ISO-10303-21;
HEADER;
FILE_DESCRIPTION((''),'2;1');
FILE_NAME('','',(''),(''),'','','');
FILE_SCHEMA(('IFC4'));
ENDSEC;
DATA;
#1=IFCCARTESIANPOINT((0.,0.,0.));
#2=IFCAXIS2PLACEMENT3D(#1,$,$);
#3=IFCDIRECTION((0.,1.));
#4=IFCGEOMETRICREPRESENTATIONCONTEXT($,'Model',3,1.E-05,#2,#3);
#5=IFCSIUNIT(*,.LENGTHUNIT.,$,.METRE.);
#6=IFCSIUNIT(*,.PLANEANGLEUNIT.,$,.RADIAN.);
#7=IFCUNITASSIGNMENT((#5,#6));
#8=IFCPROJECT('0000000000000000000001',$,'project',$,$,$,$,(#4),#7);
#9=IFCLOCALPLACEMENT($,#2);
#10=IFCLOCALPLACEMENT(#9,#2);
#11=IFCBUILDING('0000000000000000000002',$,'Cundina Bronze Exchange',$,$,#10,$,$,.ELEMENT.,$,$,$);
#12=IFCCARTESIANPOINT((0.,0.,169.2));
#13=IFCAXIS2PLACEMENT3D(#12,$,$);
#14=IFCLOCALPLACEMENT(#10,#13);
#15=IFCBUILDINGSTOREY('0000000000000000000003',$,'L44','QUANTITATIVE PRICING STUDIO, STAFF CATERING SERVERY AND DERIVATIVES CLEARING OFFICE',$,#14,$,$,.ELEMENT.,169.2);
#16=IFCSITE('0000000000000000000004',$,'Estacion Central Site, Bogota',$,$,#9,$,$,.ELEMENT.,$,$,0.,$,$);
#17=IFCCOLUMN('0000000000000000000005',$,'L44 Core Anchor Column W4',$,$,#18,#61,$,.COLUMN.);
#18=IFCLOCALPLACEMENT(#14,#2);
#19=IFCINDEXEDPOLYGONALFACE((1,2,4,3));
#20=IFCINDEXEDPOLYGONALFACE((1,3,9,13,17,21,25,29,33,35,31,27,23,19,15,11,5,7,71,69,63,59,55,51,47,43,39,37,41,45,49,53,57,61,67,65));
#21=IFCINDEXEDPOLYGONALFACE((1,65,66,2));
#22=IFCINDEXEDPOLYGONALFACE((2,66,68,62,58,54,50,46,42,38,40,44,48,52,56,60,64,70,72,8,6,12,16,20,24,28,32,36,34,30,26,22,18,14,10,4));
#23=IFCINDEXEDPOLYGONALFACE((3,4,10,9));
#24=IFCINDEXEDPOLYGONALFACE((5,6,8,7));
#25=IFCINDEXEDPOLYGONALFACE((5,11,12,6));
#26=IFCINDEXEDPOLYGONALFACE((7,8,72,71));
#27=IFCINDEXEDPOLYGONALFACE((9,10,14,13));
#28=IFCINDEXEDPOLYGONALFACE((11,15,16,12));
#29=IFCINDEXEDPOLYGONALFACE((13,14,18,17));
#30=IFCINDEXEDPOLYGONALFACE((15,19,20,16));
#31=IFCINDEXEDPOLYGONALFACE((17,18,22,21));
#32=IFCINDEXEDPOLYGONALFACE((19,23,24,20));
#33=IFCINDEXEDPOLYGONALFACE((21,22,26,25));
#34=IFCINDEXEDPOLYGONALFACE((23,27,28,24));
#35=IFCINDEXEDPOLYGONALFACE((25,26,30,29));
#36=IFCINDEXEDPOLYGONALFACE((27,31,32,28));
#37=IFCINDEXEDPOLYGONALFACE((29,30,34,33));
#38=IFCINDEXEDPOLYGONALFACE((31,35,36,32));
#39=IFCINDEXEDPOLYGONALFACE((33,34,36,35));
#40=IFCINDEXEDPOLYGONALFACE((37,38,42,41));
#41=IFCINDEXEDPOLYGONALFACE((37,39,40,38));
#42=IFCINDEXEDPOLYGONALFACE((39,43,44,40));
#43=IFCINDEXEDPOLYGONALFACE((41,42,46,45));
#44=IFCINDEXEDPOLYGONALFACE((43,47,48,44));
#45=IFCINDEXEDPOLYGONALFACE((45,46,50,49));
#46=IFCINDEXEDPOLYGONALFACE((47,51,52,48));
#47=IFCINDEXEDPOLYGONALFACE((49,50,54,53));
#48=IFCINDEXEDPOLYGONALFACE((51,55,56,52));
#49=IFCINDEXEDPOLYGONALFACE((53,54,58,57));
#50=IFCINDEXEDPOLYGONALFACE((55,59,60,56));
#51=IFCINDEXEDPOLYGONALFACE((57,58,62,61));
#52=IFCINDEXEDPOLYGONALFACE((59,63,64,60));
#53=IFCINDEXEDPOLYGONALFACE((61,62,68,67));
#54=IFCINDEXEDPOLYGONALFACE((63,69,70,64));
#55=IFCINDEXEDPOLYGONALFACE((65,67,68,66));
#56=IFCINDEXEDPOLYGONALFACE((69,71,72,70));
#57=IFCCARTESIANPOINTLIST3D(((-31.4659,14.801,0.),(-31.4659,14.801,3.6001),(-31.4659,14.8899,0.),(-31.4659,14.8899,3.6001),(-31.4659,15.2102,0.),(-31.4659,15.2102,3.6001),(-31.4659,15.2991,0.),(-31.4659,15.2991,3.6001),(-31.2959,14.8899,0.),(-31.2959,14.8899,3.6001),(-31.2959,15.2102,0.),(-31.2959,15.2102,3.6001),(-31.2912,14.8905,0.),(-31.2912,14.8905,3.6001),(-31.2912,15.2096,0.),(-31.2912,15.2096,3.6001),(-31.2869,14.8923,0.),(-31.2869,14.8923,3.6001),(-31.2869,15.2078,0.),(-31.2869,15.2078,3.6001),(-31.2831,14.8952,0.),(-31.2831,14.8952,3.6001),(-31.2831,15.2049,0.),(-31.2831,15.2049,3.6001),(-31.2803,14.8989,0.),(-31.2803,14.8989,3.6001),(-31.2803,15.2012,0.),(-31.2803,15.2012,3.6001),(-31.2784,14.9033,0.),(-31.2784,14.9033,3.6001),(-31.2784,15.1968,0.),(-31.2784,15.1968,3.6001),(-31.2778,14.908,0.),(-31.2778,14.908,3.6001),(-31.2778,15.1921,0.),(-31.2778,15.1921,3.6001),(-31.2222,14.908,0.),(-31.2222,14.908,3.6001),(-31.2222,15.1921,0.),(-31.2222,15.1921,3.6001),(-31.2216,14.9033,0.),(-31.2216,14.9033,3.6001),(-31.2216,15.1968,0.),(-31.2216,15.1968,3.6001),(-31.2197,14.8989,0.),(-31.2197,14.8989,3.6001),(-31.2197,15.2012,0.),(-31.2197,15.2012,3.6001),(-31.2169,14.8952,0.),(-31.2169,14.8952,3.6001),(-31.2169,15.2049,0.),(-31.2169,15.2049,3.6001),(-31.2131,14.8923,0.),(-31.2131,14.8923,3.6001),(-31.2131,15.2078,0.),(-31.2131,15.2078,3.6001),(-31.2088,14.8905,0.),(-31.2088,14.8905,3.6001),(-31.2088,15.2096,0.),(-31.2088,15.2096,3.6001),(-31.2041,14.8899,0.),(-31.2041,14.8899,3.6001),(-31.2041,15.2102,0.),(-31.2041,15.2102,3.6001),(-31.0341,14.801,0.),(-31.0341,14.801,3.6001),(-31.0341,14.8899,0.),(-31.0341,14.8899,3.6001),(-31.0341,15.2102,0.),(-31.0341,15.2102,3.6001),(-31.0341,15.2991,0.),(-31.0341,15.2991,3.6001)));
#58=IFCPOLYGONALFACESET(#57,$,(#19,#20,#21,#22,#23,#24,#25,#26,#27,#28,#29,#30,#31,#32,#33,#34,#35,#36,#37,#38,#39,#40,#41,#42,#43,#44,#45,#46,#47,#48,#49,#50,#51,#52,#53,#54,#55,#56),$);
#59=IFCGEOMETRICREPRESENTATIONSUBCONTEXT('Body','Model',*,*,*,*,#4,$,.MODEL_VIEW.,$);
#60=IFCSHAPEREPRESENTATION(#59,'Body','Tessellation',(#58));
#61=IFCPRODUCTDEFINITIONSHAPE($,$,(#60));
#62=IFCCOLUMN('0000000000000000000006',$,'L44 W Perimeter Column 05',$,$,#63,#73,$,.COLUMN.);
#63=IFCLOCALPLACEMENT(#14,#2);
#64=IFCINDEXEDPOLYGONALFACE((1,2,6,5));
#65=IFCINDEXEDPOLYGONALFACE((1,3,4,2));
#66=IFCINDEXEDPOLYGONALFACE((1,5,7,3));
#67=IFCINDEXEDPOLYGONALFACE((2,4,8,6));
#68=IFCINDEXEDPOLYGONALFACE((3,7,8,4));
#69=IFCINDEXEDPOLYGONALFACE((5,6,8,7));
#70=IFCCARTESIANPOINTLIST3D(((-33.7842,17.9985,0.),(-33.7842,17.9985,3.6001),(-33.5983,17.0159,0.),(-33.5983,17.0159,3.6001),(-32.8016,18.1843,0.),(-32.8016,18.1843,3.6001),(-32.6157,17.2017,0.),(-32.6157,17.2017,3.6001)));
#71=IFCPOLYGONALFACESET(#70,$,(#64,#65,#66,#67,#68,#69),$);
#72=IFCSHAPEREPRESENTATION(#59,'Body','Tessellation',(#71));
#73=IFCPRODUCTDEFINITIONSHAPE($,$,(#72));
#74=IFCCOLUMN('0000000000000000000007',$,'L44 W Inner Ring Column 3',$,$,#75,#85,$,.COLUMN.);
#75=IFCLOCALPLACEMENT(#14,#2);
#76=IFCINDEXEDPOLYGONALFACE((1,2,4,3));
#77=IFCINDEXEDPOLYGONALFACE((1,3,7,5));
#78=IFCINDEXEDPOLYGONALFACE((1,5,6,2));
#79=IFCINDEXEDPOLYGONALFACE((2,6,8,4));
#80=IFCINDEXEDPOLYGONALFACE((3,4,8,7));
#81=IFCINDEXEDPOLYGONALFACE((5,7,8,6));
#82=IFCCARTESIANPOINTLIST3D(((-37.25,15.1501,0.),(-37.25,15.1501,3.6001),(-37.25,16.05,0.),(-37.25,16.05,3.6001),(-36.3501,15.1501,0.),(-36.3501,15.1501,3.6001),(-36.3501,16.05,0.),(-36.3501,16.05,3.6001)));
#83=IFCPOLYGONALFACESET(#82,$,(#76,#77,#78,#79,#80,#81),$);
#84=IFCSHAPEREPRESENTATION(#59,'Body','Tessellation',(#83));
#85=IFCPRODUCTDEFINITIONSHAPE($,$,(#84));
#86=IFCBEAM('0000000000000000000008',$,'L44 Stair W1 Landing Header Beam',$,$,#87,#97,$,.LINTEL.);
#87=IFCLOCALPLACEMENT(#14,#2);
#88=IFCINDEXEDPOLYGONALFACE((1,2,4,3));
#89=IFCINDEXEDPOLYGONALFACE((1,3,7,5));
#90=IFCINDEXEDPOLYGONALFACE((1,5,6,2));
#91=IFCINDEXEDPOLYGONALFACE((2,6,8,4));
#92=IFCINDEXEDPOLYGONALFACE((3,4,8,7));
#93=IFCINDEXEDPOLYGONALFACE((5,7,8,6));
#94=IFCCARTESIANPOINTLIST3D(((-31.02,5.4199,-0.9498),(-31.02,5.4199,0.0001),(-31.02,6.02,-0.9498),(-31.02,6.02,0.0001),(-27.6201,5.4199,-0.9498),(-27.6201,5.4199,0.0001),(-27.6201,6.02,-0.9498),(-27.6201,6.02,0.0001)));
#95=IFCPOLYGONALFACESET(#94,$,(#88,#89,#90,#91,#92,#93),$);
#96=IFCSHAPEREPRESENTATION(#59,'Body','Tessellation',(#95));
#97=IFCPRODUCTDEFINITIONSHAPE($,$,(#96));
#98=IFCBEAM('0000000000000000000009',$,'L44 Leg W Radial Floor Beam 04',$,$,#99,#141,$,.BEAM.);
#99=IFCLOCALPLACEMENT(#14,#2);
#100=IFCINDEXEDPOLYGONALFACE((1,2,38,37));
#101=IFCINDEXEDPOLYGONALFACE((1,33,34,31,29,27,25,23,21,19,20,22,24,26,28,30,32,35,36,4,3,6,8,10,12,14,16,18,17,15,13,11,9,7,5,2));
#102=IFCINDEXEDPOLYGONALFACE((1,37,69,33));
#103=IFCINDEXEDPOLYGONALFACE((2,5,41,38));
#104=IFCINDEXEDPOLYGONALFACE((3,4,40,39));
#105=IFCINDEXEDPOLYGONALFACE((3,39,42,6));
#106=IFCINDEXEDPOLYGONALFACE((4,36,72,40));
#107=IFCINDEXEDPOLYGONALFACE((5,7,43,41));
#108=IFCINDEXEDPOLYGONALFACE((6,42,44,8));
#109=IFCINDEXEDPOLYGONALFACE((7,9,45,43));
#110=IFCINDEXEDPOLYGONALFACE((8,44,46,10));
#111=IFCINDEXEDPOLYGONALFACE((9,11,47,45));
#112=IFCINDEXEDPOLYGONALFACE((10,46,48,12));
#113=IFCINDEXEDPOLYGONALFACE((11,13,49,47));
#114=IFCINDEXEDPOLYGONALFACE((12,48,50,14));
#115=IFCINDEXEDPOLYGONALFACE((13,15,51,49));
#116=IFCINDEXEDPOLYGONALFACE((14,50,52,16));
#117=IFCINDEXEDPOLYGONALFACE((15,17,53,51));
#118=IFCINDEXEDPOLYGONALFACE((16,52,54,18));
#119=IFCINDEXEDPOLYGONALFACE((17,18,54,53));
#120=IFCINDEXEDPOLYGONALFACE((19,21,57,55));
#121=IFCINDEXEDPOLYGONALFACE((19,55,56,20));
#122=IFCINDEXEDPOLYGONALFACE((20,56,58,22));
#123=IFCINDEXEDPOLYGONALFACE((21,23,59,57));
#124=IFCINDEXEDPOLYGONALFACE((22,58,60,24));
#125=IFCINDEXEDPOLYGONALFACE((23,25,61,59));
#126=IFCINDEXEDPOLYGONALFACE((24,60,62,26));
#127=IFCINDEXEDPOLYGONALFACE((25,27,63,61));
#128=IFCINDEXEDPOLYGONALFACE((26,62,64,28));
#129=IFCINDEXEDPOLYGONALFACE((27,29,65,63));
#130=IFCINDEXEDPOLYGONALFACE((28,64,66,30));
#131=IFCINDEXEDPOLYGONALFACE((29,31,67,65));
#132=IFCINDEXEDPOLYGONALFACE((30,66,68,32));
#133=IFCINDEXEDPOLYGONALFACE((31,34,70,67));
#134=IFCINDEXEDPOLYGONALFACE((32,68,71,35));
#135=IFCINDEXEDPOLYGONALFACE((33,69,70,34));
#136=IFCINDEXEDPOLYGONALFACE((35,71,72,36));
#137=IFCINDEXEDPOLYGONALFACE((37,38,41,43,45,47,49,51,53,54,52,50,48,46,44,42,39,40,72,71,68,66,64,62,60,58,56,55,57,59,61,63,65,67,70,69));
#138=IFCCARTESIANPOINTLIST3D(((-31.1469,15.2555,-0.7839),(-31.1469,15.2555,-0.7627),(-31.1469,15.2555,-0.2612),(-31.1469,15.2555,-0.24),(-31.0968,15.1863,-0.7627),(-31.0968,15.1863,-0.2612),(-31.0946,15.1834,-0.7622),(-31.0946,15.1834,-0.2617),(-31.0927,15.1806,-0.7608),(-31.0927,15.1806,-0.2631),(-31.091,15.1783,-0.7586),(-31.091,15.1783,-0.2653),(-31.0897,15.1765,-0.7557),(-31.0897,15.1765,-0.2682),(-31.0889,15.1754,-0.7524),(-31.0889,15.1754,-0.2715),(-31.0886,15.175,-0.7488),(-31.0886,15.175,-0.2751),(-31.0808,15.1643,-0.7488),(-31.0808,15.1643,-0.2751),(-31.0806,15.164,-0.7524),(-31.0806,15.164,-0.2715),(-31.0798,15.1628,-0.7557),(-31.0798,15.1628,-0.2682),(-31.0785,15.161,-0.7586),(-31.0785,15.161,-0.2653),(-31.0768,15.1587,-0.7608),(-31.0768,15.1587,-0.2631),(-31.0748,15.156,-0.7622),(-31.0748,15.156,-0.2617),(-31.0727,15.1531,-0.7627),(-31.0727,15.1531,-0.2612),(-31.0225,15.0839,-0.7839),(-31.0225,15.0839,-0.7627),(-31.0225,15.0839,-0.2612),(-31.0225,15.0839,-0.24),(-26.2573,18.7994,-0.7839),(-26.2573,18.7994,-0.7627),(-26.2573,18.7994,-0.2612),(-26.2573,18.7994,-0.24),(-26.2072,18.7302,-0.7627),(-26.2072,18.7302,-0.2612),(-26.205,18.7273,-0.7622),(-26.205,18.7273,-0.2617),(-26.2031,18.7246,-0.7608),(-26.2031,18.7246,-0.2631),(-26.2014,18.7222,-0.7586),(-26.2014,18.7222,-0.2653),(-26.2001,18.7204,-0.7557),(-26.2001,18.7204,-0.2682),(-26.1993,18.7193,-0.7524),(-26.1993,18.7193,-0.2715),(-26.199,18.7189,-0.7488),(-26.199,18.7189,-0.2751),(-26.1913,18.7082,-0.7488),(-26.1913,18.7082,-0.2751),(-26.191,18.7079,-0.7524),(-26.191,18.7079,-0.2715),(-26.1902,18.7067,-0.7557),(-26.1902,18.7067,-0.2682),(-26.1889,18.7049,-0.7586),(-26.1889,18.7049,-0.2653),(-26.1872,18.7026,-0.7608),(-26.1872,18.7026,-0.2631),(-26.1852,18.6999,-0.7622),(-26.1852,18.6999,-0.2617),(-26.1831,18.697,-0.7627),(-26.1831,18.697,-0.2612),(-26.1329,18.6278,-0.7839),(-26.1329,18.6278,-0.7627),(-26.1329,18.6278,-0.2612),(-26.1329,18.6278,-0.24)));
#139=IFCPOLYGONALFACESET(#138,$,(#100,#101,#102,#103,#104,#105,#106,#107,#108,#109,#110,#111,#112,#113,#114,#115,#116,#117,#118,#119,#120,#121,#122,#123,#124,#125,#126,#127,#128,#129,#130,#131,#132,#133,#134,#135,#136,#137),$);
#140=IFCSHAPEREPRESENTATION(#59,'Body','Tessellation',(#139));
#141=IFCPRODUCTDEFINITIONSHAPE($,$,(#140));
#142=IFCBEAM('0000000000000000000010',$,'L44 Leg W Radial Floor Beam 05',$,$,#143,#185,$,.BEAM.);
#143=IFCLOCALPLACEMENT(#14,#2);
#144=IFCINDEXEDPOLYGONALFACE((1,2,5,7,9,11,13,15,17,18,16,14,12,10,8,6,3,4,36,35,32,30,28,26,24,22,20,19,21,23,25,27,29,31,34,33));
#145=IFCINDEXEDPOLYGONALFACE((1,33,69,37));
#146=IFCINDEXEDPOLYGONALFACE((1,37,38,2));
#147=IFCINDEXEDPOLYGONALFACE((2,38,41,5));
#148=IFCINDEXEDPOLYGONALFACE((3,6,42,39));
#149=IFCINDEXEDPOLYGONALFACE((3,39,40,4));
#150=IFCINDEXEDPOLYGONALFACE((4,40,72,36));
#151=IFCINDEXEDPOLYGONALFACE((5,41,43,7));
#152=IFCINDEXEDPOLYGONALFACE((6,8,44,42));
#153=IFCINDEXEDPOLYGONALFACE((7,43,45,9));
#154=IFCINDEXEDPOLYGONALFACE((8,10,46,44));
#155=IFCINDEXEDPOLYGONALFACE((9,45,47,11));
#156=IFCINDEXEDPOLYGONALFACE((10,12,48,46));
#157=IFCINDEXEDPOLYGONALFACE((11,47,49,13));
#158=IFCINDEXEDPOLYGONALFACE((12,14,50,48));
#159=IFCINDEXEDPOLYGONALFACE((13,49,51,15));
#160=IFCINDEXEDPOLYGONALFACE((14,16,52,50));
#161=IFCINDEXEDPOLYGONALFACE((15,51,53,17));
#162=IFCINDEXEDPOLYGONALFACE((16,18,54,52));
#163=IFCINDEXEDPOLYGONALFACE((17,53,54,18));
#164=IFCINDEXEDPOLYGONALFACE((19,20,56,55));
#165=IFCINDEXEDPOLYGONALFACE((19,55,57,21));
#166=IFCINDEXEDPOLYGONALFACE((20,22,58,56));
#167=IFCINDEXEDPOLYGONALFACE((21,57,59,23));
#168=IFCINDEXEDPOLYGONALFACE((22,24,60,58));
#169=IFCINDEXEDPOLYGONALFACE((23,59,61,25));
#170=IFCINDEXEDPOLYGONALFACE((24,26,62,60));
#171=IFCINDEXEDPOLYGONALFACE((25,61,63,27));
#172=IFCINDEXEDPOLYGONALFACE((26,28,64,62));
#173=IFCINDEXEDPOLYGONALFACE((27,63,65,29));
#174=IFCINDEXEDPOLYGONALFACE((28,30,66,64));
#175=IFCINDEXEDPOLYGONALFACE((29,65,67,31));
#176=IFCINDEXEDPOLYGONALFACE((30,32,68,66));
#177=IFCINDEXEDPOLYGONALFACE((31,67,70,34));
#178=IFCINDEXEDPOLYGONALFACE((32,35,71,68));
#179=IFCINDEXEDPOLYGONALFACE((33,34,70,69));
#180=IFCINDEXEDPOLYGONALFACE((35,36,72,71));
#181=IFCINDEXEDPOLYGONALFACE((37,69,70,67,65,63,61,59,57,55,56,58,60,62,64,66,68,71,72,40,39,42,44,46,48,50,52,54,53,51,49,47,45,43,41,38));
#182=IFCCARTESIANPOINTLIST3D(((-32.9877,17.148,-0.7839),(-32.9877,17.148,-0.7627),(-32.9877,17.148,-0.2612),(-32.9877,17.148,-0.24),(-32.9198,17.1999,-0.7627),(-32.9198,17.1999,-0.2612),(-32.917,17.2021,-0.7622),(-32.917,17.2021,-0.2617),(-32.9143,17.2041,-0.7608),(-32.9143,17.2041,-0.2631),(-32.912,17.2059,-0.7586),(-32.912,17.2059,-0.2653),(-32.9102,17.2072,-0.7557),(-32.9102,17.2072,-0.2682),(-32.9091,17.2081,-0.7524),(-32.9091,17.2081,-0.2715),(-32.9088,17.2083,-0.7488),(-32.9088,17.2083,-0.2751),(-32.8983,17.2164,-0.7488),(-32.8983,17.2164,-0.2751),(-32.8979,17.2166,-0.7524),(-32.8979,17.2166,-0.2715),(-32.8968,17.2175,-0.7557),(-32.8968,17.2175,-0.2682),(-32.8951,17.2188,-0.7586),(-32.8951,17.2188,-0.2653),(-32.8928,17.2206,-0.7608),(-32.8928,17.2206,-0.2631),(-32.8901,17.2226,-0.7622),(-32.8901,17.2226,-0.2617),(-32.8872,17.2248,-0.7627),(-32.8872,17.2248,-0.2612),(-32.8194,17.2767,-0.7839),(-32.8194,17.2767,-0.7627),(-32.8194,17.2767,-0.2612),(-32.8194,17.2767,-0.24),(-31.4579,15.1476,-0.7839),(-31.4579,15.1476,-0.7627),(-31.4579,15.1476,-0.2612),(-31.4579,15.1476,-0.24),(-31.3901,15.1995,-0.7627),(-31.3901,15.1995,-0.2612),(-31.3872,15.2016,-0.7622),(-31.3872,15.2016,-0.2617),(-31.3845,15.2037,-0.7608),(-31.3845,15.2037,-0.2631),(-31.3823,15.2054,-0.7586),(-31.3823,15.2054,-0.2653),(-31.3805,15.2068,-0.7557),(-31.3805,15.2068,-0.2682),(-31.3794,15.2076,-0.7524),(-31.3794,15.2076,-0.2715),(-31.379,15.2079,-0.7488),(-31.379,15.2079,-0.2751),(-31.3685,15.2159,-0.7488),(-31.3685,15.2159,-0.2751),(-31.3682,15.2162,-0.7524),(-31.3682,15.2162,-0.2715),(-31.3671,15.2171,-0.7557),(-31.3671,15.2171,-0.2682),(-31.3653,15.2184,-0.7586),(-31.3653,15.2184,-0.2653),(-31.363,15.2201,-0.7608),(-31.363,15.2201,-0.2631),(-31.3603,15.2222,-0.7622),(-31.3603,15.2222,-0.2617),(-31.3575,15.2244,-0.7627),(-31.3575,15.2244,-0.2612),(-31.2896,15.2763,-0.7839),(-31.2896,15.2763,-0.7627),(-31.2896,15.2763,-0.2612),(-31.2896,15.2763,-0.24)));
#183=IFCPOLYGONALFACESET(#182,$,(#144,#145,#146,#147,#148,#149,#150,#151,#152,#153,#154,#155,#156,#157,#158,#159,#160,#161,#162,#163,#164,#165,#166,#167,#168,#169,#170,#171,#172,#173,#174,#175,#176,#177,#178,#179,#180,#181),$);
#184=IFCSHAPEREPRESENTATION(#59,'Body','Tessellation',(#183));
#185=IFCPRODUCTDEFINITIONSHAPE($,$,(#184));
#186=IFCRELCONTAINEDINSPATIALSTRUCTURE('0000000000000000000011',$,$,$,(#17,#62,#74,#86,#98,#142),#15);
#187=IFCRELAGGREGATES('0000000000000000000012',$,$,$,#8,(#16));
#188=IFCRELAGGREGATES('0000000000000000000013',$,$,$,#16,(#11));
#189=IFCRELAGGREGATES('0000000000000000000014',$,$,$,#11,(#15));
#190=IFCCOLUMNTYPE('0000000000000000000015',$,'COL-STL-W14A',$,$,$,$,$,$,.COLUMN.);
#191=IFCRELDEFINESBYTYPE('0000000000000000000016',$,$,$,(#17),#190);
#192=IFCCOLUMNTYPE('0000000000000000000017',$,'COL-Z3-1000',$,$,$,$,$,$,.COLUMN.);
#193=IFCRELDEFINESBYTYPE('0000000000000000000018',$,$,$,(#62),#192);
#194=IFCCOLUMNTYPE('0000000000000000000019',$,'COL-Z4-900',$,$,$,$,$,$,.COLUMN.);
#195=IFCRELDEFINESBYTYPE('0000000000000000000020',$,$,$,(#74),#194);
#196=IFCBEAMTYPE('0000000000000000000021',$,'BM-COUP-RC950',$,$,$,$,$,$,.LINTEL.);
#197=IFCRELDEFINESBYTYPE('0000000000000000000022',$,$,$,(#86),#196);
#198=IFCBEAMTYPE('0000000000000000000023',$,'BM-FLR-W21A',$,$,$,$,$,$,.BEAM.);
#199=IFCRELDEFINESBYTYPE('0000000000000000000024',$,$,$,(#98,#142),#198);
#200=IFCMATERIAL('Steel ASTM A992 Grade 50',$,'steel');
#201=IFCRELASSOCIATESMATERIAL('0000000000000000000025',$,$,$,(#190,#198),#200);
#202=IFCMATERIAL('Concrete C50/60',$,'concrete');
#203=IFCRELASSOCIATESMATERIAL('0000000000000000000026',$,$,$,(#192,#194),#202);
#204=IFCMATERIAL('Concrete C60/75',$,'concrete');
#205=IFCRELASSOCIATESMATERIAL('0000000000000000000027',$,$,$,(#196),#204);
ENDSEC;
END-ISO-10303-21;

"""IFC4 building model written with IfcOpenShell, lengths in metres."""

from ifc_helpers import new_model, si_unit, direction, frame, origin, origin_2d, place, context, subcontext, project, spatial, rectangle, i_section, extrude, material, material_profile, profile_set, type_object, element, save


model = new_model("IFC4")

# Units and contexts
model_context = context("Model", 3, precision=1e-05, world=origin(), true_north=direction((0.0, 1.0)))
body_context = subcontext(model_context, "Body", "Model", "MODEL_VIEW")
ifc_project = project(units=[si_unit("LENGTHUNIT", "METRE"), si_unit("PLANEANGLEUNIT", "RADIAN")], contexts=[model_context])

# Site, building, storey
site_placement = place(None, origin())
site = spatial("IfcSite", under=ifc_project, at=site_placement, Name="Estacion Central Site, Bogota", CompositionType="ELEMENT", RefElevation=0.0)
building_placement = place(site_placement, origin())
building = spatial("IfcBuilding", under=site, at=building_placement, Name="Cundina Bronze Exchange", CompositionType="ELEMENT")
storey_placement = place(building_placement, frame((0.0, 0.0, 169.2)))
storey = spatial("IfcBuildingStorey", under=building, at=storey_placement, Name="L44", Description="QUANTITATIVE PRICING STUDIO, STAFF CATERING SERVERY AND DERIVATIVES CLEARING OFFICE", CompositionType="ELEMENT", Elevation=169.2)

# Columns
ifc_material_1 = material(Name="Steel ASTM A992 Grade 50", Category="steel")
ifc_material_profile_1 = material_profile(ifc_material_1, i_section(OverallWidth=0.4319, OverallDepth=0.498, WebThickness=0.0557, FlangeThickness=0.0889, FilletRadius=0.0181, at=origin_2d()), Name="W14X500", Category="steel")
ifc_profile_set_1 = profile_set([ifc_material_profile_1], Name="Steel ASTM A992 Grade 50")
column_type_1 = type_object("IfcColumnType", Name="COL-STL-W14A", PredefinedType="COLUMN", material=ifc_profile_set_1)
column_1_placement = place(storey_placement, frame((-31.25, 15.05, 0.0), z_axis=(0.0, 0.0, 1.0), x_axis=(1.0, 0.0, 0.0)))
element("IfcColumn", 1, at=column_1_placement, inside=storey, type_object=column_type_1, Name="L44 Core Anchor Column W4", PredefinedType="COLUMN", context=body_context, shape_type="SweptSolid", body=[
    extrude(i_section(OverallWidth=0.4319, OverallDepth=0.498, WebThickness=0.0557, FlangeThickness=0.0889, FilletRadius=0.0181, at=origin_2d()), origin(), (0.0, 0.0, 1.0), 3.6001),
])
ifc_material_2 = material(Name="Concrete C50/60", Category="concrete")
ifc_material_profile_2 = material_profile(ifc_material_2, rectangle(XDim=1.0, YDim=1.0, at=origin_2d()), Name="RC1000X1000", Category="concrete")
ifc_profile_set_2 = profile_set([ifc_material_profile_2], Name="Concrete C50/60")
column_type_2 = type_object("IfcColumnType", Name="COL-Z3-1000", PredefinedType="COLUMN", material=ifc_profile_set_2)
column_2_placement = place(storey_placement, frame((-33.2, 17.6001, 0.0), z_axis=(0.0, 0.0, 1.0), x_axis=(-0.98258, -0.185838, 0.0)))
element("IfcColumn", 2, at=column_2_placement, inside=storey, type_object=column_type_2, Name="L44 W Perimeter Column 05", PredefinedType="COLUMN", context=body_context, shape_type="SweptSolid", body=[
    extrude(rectangle(XDim=1.0, YDim=1.0, at=origin_2d()), origin(), (0.0, 0.0, 1.0), 3.6001),
])
ifc_material_profile_3 = material_profile(ifc_material_2, rectangle(XDim=0.8999, YDim=0.8999, at=origin_2d()), Name="RC900X900", Category="concrete")
ifc_profile_set_3 = profile_set([ifc_material_profile_3], Name="Concrete C50/60")
column_type_3 = type_object("IfcColumnType", Name="COL-Z4-900", PredefinedType="COLUMN", material=ifc_profile_set_3)
column_3_placement = place(storey_placement, frame((-36.8, 15.6001, 0.0), z_axis=(0.0, 0.0, 1.0), x_axis=(1.0, 0.0, 0.0)))
element("IfcColumn", 3, at=column_3_placement, inside=storey, type_object=column_type_3, Name="L44 W Inner Ring Column 3", PredefinedType="COLUMN", context=body_context, shape_type="SweptSolid", body=[
    extrude(rectangle(XDim=0.8999, YDim=0.8999, at=origin_2d()), origin(), (0.0, 0.0, 1.0), 3.6001),
])

# Beams
ifc_material_3 = material(Name="Concrete C60/75", Category="concrete")
ifc_material_profile_4 = material_profile(ifc_material_3, rectangle(XDim=0.6001, YDim=0.95, at=origin_2d()), Name="RC600X950", Category="concrete")
ifc_profile_set_4 = profile_set([ifc_material_profile_4], Name="Concrete C60/75")
beam_type_1 = type_object("IfcBeamType", Name="BM-COUP-RC950", PredefinedType="LINTEL", material=ifc_profile_set_4)
beam_1_placement = place(storey_placement, frame((-31.02, 5.72, -0.4749), z_axis=(1.0, 0.0, 0.0), x_axis=(0.0, 1.0, 0.0)))
element("IfcBeam", 4, at=beam_1_placement, inside=storey, type_object=beam_type_1, Name="L44 Stair W1 Landing Header Beam", PredefinedType="LINTEL", context=body_context, shape_type="SweptSolid", body=[
    extrude(rectangle(XDim=0.6001, YDim=0.95, at=origin_2d()), origin(), (0.0, 0.0, 1.0), 3.3999),
])
ifc_material_profile_5 = material_profile(ifc_material_1, i_section(OverallWidth=0.2119, OverallDepth=0.5439, WebThickness=0.0132, FlangeThickness=0.0212, FilletRadius=0.0139, at=origin_2d()), Name="W21X83", Category="steel")
ifc_profile_set_5 = profile_set([ifc_material_profile_5], Name="Steel ASTM A992 Grade 50")
beam_type_2 = type_object("IfcBeamType", Name="BM-FLR-W21A", PredefinedType="BEAM", material=ifc_profile_set_5)
beam_2_placement = place(storey_placement, frame((-31.0847, 15.1697, -0.512), z_axis=(0.809693, 0.586854, 0.0), x_axis=(-0.586854, 0.809693, 0.0)))
element("IfcBeam", 5, at=beam_2_placement, inside=storey, type_object=beam_type_2, Name="L44 Leg W Radial Floor Beam 04", PredefinedType="BEAM", context=body_context, shape_type="SweptSolid", body=[
    extrude(i_section(OverallWidth=0.2119, OverallDepth=0.5439, WebThickness=0.0132, FlangeThickness=0.0212, FilletRadius=0.0139, at=origin_2d()), origin(), (0.0, 0.0, 1.0), 6.0388),
])
beam_3_placement = place(storey_placement, frame((-31.3738, 15.2119, -0.512), z_axis=(-0.60745, 0.794358, 0.0), x_axis=(-0.794358, -0.60745, 0.0)))
element("IfcBeam", 6, at=beam_3_placement, inside=storey, type_object=beam_type_2, Name="L44 Leg W Radial Floor Beam 05", PredefinedType="BEAM", context=body_context, shape_type="SweptSolid", body=[
    extrude(i_section(OverallWidth=0.2119, OverallDepth=0.5439, WebThickness=0.0132, FlangeThickness=0.0212, FilletRadius=0.0139, at=origin_2d()), origin(), (0.0, 0.0, 1.0), 2.5183),
])

save(model, "model.ifc")
